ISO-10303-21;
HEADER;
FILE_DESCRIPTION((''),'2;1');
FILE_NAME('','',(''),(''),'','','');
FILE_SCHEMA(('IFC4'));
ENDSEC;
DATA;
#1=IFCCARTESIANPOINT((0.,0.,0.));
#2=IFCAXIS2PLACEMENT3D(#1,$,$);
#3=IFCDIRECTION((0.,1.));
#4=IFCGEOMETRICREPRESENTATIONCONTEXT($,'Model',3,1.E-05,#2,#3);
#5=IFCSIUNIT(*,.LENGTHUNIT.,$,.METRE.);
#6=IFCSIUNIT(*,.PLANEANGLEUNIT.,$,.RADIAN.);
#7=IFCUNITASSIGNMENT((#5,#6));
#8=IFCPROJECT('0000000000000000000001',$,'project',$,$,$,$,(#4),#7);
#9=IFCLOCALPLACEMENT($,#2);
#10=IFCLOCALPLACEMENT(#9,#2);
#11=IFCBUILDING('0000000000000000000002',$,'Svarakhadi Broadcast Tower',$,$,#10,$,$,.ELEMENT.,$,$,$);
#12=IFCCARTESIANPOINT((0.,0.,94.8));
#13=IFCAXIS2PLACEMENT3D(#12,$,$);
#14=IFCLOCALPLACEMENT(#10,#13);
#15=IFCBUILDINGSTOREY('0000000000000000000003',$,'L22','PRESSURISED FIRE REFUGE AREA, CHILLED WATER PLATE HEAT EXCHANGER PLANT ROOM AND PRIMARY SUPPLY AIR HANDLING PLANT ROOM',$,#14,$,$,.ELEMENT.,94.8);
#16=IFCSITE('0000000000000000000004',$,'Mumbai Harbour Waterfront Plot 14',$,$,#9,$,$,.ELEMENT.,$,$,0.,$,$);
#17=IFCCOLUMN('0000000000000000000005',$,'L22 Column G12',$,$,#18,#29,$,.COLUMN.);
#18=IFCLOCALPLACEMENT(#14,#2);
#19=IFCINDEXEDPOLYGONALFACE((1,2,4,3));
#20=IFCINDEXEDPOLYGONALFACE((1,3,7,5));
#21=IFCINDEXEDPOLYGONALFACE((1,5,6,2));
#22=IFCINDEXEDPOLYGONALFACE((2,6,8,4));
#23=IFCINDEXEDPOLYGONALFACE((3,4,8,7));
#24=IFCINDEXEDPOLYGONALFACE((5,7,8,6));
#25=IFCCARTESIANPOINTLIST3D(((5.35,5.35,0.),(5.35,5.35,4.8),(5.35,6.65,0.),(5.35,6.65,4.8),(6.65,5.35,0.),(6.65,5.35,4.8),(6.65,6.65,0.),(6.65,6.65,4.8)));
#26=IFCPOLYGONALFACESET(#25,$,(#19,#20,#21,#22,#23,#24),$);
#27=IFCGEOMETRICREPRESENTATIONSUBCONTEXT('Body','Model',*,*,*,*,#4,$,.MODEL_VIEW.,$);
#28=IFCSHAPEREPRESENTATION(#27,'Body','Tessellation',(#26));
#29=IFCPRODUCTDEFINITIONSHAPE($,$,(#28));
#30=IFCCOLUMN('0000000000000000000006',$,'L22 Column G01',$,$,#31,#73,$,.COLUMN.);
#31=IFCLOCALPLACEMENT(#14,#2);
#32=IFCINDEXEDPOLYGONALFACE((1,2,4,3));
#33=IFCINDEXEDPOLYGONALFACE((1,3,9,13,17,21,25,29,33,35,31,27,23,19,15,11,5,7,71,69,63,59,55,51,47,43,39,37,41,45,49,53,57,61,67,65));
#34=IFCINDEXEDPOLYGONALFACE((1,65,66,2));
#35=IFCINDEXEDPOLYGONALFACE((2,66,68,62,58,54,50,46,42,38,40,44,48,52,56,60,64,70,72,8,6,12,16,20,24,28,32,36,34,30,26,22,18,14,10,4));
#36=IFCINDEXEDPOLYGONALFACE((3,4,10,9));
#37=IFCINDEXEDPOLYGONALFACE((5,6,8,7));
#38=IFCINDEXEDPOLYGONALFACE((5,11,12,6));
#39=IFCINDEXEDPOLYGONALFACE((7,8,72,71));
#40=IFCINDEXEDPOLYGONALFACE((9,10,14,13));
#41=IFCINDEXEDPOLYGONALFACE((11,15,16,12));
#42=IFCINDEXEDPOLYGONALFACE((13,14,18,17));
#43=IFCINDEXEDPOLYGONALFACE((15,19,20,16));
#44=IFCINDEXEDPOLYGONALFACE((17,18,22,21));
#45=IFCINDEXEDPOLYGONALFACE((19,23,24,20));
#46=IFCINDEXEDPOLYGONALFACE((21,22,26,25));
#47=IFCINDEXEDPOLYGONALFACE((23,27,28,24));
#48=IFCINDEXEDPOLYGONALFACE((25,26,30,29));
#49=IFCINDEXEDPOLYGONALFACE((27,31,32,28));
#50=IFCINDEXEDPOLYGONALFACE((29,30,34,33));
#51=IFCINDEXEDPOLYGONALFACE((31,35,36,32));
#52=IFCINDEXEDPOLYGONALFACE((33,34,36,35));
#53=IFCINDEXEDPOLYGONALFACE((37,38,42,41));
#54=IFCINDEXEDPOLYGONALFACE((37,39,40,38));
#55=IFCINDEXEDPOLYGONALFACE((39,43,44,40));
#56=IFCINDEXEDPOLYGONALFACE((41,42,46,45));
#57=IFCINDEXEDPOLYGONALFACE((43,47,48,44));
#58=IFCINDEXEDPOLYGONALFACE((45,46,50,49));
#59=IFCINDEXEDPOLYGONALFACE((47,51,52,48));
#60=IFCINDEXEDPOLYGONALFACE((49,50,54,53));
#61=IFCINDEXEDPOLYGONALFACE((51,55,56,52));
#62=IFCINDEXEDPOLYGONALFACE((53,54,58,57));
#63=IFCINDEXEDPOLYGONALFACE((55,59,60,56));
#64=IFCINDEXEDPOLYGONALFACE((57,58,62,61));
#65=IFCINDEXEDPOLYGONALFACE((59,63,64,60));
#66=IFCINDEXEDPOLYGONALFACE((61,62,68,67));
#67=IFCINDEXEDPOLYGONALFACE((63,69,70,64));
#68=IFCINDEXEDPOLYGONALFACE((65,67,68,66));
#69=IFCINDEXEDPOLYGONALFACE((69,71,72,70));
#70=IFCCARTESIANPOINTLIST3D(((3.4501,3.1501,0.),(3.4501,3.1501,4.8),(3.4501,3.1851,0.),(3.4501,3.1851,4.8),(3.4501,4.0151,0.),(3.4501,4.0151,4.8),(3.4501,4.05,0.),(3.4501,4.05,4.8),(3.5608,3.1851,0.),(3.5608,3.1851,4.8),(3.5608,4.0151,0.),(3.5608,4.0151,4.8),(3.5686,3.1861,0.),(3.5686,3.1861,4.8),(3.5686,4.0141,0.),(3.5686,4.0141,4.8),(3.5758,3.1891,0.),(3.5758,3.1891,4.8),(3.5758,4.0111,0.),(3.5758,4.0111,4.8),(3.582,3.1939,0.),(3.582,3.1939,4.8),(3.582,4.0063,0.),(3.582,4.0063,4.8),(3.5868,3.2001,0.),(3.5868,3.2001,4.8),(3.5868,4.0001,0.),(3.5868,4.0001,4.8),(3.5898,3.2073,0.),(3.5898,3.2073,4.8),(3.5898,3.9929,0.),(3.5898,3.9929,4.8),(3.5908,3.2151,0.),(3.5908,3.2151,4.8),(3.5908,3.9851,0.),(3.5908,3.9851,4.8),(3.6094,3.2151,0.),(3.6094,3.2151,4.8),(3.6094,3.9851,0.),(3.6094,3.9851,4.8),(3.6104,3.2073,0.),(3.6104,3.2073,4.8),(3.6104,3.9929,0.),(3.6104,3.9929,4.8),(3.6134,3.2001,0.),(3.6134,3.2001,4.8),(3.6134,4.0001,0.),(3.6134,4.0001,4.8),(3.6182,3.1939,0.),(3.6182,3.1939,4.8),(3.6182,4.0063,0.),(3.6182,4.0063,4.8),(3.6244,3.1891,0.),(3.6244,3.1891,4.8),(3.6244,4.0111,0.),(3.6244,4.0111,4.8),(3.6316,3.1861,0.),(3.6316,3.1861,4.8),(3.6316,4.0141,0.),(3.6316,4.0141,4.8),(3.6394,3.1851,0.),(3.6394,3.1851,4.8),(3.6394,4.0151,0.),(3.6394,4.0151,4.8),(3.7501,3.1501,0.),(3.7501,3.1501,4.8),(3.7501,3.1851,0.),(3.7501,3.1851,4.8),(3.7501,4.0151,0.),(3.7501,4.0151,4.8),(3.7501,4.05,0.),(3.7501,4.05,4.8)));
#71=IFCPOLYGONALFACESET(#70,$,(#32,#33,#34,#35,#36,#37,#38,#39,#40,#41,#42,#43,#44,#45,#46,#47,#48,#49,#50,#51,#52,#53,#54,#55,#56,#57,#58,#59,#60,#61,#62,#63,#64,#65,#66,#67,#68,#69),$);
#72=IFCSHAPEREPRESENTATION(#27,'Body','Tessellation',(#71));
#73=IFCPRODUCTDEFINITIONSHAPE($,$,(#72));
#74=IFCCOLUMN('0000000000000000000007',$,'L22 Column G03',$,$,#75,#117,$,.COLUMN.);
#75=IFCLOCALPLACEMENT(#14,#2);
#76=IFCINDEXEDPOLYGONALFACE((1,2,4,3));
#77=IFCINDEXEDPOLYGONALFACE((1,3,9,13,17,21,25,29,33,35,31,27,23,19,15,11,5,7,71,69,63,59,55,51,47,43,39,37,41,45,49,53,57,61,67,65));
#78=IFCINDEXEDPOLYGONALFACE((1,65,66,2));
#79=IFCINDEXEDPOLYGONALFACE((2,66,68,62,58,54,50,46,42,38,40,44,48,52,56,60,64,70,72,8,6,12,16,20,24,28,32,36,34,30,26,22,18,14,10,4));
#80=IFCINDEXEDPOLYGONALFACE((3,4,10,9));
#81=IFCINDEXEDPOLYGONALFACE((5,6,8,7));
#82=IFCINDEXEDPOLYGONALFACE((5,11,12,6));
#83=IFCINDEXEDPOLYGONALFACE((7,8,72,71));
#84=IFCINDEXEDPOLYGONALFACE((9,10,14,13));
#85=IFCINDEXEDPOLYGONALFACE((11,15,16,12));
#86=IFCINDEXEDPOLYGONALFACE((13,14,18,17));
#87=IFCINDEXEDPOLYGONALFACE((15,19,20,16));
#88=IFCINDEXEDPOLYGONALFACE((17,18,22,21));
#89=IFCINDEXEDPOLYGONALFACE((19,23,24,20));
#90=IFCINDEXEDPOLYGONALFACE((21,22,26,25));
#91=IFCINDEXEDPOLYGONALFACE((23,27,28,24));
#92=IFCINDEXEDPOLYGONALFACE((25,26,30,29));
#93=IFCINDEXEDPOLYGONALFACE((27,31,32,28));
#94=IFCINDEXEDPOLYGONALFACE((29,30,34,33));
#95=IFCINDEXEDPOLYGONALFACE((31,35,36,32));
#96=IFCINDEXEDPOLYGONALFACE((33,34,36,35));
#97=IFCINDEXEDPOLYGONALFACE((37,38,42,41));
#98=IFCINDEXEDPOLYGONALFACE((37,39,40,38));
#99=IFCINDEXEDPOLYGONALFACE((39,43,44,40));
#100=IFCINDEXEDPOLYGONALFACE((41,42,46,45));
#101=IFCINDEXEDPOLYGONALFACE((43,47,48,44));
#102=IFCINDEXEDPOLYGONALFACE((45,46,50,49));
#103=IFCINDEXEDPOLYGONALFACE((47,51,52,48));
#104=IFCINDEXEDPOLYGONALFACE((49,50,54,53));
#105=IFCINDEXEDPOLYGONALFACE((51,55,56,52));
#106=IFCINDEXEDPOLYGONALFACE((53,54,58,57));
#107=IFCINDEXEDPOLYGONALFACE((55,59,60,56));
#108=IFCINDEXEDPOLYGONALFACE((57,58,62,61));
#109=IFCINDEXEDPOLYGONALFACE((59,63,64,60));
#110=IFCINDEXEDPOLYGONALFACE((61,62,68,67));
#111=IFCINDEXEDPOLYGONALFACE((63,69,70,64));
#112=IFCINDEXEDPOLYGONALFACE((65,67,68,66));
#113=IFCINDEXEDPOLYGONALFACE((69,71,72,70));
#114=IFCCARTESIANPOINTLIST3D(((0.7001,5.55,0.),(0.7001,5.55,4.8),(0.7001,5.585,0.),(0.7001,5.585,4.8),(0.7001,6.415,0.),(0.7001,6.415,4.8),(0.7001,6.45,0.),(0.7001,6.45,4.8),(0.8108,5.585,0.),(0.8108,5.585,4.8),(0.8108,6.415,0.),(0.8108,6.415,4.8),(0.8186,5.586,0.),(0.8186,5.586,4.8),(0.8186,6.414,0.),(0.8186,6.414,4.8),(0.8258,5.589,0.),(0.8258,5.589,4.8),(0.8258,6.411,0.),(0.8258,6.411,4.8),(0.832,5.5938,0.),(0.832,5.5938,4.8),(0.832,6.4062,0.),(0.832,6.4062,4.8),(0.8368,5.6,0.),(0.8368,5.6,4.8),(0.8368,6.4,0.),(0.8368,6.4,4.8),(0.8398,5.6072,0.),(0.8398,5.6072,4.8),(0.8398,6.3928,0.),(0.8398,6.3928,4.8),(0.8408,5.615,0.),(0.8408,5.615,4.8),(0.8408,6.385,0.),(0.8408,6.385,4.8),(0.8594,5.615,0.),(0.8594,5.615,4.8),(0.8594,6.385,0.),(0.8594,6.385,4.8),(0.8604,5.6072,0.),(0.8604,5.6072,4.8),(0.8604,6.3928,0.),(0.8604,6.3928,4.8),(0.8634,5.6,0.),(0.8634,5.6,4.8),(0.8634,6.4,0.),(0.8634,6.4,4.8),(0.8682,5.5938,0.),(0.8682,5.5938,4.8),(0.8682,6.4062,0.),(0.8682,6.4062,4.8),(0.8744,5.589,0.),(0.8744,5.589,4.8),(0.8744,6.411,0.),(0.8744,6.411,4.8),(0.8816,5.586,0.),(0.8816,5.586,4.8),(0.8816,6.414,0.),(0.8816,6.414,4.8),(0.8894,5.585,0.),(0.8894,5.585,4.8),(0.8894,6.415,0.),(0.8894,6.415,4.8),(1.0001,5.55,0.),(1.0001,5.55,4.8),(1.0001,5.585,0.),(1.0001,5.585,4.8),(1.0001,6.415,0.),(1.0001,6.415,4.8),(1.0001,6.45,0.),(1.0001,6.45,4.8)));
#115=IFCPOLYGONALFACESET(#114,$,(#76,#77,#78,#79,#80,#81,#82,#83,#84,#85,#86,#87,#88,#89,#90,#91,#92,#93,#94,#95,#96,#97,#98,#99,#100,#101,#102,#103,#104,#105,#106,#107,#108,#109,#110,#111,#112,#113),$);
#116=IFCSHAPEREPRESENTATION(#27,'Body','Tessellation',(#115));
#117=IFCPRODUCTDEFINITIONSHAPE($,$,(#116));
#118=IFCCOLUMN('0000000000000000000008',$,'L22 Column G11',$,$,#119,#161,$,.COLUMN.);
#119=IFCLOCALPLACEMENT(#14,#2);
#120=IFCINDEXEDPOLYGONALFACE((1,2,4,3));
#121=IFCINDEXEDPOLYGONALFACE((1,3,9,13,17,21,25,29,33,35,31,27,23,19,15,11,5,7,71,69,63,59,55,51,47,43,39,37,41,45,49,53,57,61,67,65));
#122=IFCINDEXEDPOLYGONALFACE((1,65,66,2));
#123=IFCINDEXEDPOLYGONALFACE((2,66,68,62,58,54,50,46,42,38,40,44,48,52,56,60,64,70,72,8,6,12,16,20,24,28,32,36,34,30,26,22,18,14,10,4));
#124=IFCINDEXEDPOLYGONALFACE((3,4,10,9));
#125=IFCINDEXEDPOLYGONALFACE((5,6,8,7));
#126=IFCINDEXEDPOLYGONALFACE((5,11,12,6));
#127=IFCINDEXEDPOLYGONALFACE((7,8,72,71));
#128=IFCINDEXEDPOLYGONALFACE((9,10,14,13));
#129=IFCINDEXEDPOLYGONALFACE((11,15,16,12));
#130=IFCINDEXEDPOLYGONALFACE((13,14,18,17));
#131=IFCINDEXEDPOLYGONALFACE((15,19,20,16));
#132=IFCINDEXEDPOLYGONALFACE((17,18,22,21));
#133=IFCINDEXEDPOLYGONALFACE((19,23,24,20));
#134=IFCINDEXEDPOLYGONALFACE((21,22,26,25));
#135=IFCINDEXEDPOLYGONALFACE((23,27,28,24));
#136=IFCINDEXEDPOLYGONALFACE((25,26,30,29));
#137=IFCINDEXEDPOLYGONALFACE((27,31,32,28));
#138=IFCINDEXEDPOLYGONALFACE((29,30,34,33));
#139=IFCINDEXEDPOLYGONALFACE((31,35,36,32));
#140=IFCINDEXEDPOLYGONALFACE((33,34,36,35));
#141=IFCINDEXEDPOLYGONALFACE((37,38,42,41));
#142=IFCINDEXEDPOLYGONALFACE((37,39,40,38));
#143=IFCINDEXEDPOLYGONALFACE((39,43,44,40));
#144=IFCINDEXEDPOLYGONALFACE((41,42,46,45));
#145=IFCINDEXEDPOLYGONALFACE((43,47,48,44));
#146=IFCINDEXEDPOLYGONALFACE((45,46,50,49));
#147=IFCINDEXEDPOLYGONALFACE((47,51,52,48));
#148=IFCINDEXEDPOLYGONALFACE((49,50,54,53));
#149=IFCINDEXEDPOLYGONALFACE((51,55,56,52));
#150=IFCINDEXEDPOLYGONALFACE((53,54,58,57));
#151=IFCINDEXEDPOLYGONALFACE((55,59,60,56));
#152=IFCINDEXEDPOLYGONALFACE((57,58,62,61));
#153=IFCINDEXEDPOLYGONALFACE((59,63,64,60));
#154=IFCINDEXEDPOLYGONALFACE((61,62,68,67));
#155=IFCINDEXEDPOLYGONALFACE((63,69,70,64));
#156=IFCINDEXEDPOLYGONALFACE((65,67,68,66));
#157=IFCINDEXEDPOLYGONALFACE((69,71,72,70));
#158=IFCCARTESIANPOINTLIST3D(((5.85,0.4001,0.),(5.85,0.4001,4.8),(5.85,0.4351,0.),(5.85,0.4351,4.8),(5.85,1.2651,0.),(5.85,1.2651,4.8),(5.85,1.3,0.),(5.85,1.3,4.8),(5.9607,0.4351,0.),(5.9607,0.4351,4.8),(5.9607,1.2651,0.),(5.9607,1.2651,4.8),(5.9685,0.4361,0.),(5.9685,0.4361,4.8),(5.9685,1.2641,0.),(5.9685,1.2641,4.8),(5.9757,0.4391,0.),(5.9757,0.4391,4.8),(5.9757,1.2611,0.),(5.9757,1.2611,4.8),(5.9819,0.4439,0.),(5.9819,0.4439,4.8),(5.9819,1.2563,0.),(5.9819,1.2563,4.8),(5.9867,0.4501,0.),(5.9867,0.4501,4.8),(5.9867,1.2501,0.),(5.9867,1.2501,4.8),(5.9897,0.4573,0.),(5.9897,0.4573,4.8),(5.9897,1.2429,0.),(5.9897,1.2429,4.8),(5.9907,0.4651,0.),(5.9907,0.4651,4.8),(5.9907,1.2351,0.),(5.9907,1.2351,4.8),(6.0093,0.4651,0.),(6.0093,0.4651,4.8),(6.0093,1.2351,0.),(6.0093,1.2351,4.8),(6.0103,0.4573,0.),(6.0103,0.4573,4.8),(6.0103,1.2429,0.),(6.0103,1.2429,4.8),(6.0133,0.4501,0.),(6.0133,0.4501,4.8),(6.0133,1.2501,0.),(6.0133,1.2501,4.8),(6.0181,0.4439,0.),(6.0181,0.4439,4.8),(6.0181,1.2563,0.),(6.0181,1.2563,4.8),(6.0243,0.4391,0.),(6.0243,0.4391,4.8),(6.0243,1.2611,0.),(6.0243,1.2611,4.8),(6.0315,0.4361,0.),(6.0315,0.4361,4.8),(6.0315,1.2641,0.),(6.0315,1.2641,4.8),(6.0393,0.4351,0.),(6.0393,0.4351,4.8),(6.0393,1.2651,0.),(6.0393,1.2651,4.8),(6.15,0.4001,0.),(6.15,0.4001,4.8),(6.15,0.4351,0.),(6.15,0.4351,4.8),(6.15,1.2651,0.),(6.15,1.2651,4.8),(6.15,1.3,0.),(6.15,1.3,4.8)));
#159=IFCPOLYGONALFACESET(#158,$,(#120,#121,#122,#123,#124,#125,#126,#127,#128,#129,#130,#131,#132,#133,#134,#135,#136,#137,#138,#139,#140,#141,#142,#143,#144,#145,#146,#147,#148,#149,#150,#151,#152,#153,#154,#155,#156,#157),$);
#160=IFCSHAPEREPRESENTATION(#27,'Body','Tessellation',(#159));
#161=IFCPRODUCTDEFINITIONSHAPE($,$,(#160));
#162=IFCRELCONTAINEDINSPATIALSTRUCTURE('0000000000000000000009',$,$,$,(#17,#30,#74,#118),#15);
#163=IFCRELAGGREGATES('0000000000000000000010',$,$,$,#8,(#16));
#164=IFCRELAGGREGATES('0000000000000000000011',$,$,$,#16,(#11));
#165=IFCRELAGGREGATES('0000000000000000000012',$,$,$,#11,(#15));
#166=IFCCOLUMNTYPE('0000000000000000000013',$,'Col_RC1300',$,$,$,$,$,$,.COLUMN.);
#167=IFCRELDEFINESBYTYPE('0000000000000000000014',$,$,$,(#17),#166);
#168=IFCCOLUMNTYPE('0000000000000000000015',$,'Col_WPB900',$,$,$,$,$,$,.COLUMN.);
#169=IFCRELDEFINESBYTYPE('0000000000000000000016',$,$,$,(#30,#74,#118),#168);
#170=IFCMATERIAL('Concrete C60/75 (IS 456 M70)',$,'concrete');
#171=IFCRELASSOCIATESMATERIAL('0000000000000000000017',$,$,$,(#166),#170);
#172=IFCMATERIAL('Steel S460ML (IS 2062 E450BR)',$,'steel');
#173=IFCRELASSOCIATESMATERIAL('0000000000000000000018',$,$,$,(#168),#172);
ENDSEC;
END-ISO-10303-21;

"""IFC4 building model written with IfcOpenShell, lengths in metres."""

from ifc_helpers import new_model, si_unit, direction, frame, origin, origin_2d, place, context, subcontext, project, spatial, rectangle, i_section, extrude, material, material_profile, profile_set, type_object, element, save


model = new_model("IFC4")

# Units and contexts
model_context = context("Model", 3, precision=1e-05, world=origin(), true_north=direction((0.0, 1.0)))
body_context = subcontext(model_context, "Body", "Model", "MODEL_VIEW")
ifc_project = project(units=[si_unit("LENGTHUNIT", "METRE"), si_unit("PLANEANGLEUNIT", "RADIAN")], contexts=[model_context])

# Site, building, storey
site_placement = place(None, origin())
site = spatial("IfcSite", under=ifc_project, at=site_placement, Name="Mumbai Harbour Waterfront Plot 14", CompositionType="ELEMENT", RefElevation=0.0)
building_placement = place(site_placement, origin())
building = spatial("IfcBuilding", under=site, at=building_placement, Name="Svarakhadi Broadcast Tower", CompositionType="ELEMENT")
storey_placement = place(building_placement, frame((0.0, 0.0, 94.8)))
storey = spatial("IfcBuildingStorey", under=building, at=storey_placement, Name="L22", Description="PRESSURISED FIRE REFUGE AREA, CHILLED WATER PLATE HEAT EXCHANGER PLANT ROOM AND PRIMARY SUPPLY AIR HANDLING PLANT ROOM", CompositionType="ELEMENT", Elevation=94.8)

# Columns
ifc_material_1 = material(Name="Concrete C60/75 (IS 456 M70)", Category="concrete")
ifc_material_profile_1 = material_profile(ifc_material_1, rectangle(XDim=1.3, YDim=1.3, at=origin_2d()), Name="RC 1300x1300")
ifc_profile_set_1 = profile_set([ifc_material_profile_1], Name="Concrete C60/75 (IS 456 M70)")
column_type_1 = type_object("IfcColumnType", Name="Col_RC1300", PredefinedType="COLUMN", material=ifc_profile_set_1)
column_placement = place(storey_placement, frame((6.0, 6.0, 0.0), z_axis=(0.0, 0.0, 1.0), x_axis=(1.0, 0.0, 0.0)))
element("IfcColumn", 1, at=column_placement, inside=storey, type_object=column_type_1, Name="L22 Column G12", PredefinedType="COLUMN", context=body_context, shape_type="SweptSolid", body=[
    extrude(rectangle(XDim=1.3, YDim=1.3, at=origin_2d()), origin(), (0.0, 0.0, 1.0), 4.8),
])
ifc_material_2 = material(Name="Steel S460ML (IS 2062 E450BR)", Category="steel")
ifc_material_profile_2 = material_profile(ifc_material_2, i_section(OverallWidth=0.3, OverallDepth=0.8999, WebThickness=0.0186, FlangeThickness=0.0349, FilletRadius=0.03, at=origin_2d()), Name="WPB 900x300x291")
ifc_profile_set_2 = profile_set([ifc_material_profile_2], Name="Steel S460ML (IS 2062 E450BR)")
column_type_2 = type_object("IfcColumnType", Name="Col_WPB900", PredefinedType="COLUMN", material=ifc_profile_set_2)
for number, where, z_axis, x_axis, name in (
    (2, (3.6001, 3.6001, 0.0), (0.0, 0.0, 1.0), (1.0, 0.0, 0.0), "L22 Column G01"),
    (3, (0.8501, 6.0, 0.0), (0.0, 0.0, 1.0), (1.0, 0.0, 0.0), "L22 Column G03"),
    (4, (6.0, 0.8501, 0.0), (0.0, 0.0, 1.0), (1.0, 0.0, 0.0), "L22 Column G11"),
):
    element("IfcColumn", number, at=place(storey_placement, frame(where, z_axis=z_axis, x_axis=x_axis)), inside=storey, type_object=column_type_2, Name=name, PredefinedType="COLUMN", context=body_context, shape_type="SweptSolid", body=[
        extrude(i_section(OverallWidth=0.3, OverallDepth=0.8999, WebThickness=0.0186, FlangeThickness=0.0349, FilletRadius=0.03, at=origin_2d()), origin(), (0.0, 0.0, 1.0), 4.8),
    ])

save(model, "model.ifc")
